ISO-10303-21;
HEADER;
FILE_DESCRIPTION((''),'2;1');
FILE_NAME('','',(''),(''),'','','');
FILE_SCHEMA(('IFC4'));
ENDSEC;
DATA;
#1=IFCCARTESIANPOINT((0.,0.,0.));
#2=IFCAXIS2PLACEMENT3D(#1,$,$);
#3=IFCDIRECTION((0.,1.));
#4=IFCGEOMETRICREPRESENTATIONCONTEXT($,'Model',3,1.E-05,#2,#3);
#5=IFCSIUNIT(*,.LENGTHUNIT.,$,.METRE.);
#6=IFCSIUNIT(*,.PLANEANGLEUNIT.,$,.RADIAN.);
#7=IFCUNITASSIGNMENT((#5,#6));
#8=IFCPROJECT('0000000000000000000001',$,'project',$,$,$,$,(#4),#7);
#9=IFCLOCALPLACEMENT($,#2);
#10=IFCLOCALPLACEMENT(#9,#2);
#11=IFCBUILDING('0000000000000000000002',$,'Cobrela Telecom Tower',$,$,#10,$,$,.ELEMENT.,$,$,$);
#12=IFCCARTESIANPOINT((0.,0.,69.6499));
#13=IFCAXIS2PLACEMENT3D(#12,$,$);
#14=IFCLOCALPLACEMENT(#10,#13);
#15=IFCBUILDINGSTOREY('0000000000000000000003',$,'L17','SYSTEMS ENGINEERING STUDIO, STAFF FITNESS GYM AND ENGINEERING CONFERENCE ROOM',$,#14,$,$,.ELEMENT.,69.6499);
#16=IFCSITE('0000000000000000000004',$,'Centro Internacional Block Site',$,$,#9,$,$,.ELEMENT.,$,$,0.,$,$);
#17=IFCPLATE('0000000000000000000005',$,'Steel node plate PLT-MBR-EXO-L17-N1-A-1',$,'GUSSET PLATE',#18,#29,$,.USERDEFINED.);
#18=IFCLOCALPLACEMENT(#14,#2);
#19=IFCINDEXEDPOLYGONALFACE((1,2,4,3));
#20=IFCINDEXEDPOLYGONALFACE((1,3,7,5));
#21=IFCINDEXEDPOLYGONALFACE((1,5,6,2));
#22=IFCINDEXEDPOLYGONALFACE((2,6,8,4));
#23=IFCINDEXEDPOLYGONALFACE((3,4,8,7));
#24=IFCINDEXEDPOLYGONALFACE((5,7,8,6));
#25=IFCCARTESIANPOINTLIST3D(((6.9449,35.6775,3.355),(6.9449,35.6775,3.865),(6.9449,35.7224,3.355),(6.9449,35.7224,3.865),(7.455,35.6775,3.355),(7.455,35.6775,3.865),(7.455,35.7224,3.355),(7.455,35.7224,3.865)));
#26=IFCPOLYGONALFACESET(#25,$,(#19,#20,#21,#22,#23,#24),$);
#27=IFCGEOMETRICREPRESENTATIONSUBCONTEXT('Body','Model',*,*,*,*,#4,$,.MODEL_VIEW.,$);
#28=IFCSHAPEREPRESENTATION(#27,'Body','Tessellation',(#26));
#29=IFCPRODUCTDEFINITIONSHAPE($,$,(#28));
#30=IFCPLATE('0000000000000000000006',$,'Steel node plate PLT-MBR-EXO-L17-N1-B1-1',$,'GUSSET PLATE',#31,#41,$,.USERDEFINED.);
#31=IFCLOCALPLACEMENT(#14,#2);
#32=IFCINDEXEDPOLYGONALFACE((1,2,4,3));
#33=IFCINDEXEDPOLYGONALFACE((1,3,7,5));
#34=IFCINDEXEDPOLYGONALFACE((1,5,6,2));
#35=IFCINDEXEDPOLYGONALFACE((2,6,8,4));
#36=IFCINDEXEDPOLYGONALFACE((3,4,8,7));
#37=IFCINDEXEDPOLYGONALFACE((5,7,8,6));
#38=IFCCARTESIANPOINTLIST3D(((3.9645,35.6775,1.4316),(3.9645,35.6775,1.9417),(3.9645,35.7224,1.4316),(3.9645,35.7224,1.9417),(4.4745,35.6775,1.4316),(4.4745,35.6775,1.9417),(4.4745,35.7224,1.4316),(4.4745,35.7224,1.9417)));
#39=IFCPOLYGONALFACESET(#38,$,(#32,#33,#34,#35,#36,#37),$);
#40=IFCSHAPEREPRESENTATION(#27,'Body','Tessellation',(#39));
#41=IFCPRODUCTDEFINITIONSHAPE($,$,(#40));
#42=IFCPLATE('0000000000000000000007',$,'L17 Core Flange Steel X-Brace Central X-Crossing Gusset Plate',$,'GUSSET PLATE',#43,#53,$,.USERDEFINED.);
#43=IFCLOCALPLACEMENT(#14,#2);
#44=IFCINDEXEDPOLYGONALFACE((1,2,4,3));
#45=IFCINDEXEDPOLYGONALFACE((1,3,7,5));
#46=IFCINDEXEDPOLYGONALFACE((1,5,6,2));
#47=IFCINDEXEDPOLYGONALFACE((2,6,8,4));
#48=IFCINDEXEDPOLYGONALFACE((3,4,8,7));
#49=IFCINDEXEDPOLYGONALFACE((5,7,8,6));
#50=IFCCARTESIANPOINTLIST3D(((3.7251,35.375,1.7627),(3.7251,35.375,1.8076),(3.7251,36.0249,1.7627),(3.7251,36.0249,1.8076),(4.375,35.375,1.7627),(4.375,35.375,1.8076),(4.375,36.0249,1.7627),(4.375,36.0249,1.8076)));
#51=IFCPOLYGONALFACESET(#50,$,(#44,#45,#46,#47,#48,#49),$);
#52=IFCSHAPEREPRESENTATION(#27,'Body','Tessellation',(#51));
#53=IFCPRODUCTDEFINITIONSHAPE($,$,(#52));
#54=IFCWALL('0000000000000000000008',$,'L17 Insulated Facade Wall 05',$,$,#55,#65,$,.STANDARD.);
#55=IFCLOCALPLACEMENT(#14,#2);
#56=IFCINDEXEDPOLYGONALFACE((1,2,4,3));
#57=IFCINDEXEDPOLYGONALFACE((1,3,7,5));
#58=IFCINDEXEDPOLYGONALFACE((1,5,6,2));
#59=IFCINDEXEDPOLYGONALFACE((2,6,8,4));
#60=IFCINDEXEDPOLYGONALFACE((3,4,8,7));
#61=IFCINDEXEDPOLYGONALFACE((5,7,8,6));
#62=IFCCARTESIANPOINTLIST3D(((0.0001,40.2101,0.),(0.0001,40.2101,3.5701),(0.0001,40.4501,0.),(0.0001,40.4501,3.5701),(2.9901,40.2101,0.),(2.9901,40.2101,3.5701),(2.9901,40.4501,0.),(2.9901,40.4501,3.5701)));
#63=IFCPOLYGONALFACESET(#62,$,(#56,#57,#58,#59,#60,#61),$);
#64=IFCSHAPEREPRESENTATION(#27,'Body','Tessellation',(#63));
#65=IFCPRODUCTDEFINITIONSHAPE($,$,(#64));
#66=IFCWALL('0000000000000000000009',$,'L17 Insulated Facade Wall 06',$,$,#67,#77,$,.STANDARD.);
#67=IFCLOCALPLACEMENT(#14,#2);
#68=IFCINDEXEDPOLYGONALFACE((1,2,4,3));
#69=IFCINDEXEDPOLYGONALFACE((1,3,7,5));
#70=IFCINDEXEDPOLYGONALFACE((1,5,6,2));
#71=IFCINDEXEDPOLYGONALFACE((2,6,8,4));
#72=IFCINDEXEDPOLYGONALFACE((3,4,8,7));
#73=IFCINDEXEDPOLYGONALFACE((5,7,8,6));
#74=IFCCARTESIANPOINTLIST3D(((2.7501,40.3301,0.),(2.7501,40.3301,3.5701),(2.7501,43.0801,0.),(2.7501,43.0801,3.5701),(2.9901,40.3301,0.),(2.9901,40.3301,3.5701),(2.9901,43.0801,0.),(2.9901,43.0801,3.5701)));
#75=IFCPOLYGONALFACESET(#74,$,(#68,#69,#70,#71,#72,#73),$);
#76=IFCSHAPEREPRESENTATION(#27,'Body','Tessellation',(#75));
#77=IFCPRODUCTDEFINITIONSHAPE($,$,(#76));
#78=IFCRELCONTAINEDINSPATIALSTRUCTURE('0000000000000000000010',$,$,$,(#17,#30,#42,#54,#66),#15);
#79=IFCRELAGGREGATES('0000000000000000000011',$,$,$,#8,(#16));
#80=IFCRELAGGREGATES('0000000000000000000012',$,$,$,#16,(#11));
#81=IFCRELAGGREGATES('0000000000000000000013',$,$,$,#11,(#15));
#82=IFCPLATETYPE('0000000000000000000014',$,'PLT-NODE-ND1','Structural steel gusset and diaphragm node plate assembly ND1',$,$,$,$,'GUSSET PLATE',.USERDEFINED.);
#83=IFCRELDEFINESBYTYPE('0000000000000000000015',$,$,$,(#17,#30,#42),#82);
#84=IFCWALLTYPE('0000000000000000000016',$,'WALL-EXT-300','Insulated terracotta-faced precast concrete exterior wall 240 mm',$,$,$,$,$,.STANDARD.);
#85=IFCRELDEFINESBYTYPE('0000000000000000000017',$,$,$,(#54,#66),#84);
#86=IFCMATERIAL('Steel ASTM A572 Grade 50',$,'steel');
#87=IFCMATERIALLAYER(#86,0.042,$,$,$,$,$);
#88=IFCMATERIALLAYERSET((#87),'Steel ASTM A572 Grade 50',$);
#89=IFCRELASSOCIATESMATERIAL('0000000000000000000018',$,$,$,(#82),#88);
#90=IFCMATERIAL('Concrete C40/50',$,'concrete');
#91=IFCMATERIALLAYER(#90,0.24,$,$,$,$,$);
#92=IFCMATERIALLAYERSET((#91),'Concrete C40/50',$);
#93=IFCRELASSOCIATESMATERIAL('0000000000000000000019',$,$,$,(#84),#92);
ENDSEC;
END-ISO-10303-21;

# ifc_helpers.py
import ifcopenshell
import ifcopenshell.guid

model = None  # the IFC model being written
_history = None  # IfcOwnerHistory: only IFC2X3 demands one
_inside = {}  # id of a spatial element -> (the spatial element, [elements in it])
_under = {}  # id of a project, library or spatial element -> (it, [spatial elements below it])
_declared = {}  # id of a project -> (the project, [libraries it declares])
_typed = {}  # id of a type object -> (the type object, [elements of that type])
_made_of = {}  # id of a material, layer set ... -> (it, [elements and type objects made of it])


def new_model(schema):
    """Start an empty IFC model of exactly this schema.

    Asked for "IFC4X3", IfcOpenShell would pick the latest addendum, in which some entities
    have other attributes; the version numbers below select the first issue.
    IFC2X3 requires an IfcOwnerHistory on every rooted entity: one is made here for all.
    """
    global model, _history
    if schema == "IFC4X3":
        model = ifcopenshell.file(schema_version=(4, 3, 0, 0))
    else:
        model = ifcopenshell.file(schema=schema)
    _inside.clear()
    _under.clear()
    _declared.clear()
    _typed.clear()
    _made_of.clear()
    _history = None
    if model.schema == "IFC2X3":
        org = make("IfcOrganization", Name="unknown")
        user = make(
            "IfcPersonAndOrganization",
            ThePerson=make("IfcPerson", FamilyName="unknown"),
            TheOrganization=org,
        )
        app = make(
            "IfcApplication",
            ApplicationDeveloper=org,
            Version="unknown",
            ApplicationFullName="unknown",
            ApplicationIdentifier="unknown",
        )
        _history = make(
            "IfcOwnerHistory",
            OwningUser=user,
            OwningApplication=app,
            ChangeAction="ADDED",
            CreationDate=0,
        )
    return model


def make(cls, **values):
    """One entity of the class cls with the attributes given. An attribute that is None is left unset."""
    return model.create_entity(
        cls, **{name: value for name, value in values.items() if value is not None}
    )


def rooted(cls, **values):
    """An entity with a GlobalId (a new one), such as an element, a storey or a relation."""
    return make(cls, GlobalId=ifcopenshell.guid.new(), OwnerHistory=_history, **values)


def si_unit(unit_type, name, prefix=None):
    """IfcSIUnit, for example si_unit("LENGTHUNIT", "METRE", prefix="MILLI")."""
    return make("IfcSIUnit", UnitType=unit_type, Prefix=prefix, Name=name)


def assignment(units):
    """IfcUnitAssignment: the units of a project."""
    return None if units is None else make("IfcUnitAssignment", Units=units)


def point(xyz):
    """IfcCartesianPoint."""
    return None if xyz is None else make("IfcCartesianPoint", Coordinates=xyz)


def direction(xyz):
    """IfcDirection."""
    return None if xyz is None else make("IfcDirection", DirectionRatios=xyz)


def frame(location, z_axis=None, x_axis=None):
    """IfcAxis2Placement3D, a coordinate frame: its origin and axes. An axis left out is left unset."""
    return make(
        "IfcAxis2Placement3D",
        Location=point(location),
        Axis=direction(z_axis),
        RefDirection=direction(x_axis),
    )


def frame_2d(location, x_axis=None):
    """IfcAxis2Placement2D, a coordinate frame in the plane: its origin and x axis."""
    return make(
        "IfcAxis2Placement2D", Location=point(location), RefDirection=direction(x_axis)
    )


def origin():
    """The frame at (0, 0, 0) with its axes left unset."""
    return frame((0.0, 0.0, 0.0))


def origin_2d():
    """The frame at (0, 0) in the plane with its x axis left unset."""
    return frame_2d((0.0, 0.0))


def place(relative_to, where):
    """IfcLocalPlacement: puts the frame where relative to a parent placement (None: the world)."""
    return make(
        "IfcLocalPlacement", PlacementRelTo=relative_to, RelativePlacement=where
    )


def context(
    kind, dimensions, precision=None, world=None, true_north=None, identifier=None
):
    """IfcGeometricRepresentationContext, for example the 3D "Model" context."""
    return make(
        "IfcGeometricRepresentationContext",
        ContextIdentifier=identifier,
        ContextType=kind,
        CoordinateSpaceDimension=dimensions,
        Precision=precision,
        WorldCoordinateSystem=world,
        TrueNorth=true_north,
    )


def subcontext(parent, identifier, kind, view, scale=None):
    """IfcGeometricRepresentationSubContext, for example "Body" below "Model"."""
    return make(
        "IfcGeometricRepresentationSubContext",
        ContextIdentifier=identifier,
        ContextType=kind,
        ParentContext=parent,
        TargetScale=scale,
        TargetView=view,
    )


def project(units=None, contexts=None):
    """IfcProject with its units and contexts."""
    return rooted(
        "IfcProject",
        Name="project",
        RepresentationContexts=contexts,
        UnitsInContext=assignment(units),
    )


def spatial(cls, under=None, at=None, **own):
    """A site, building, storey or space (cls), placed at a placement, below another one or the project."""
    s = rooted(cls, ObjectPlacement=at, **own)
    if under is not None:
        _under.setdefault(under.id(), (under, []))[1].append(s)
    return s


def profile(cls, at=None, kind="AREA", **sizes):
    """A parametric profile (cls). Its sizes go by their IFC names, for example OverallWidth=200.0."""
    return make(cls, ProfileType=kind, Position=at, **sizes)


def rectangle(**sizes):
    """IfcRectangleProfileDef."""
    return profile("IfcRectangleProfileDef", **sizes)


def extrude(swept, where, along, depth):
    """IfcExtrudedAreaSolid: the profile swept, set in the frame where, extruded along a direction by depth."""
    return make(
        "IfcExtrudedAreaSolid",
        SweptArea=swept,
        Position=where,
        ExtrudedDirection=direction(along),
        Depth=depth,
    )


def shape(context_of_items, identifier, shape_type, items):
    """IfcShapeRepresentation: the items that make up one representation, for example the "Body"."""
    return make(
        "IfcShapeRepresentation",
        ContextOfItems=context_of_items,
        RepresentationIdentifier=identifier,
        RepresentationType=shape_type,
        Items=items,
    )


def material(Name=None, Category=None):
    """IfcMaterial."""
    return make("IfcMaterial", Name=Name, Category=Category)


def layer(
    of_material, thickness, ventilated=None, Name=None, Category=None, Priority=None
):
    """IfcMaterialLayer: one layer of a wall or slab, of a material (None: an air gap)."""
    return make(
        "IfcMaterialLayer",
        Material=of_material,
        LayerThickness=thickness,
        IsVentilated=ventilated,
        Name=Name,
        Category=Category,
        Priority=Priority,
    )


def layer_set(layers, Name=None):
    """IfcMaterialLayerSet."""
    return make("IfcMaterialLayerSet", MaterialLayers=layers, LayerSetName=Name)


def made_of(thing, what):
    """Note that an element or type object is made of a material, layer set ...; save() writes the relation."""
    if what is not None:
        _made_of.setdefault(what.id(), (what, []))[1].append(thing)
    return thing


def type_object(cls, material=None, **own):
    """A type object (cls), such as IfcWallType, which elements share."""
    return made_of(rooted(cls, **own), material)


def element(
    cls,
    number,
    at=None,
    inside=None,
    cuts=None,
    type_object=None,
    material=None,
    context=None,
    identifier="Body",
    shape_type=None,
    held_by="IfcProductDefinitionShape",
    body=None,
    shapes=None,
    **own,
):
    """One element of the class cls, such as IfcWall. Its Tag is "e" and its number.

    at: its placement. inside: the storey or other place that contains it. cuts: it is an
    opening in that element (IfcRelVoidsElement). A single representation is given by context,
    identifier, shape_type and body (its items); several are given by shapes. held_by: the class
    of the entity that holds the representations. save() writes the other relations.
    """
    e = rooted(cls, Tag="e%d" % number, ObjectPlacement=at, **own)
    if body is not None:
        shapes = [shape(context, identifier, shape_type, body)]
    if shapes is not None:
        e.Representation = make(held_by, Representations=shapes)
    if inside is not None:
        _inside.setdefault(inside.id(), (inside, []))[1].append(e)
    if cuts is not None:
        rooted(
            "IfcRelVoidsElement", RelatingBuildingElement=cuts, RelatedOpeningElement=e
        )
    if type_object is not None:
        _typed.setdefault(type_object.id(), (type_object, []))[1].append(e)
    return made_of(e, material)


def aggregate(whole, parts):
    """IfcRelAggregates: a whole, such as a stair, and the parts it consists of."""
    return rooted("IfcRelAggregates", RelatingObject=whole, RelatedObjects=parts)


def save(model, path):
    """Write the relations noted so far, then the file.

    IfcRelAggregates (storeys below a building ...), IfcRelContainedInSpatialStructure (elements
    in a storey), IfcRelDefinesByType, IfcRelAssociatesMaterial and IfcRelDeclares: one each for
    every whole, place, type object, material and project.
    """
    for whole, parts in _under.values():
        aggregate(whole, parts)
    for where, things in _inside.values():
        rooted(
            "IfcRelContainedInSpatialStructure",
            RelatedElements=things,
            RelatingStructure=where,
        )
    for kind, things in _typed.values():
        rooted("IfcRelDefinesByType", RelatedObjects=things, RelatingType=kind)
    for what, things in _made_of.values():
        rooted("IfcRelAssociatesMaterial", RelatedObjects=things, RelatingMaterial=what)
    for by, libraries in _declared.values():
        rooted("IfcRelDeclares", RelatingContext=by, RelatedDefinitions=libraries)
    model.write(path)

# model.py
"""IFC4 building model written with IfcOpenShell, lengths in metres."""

from ifc_helpers import new_model, si_unit, direction, frame, frame_2d, origin, origin_2d, place, context, subcontext, project, spatial, rectangle, extrude, material, layer, layer_set, type_object, element, save


model = new_model("IFC4")

# Units and contexts
model_context = context("Model", 3, precision=1e-05, world=origin(), true_north=direction((0.0, 1.0)))
body_context = subcontext(model_context, "Body", "Model", "MODEL_VIEW")
ifc_project = project(units=[si_unit("LENGTHUNIT", "METRE"), si_unit("PLANEANGLEUNIT", "RADIAN")], contexts=[model_context])

# Site, building, storey
site_placement = place(None, origin())
site = spatial("IfcSite", under=ifc_project, at=site_placement, Name="Centro Internacional Block Site", CompositionType="ELEMENT", RefElevation=0.0)
building_placement = place(site_placement, origin())
building = spatial("IfcBuilding", under=site, at=building_placement, Name="Cobrela Telecom Tower", CompositionType="ELEMENT")
storey_placement = place(building_placement, frame((0.0, 0.0, 69.6499)))
storey = spatial("IfcBuildingStorey", under=building, at=storey_placement, Name="L17", Description="SYSTEMS ENGINEERING STUDIO, STAFF FITNESS GYM AND ENGINEERING CONFERENCE ROOM", CompositionType="ELEMENT", Elevation=69.6499)

# Shared definitions
ifc_material_1 = material(Name="Steel ASTM A572 Grade 50", Category="steel")

# Plates
ifc_layer_1 = layer(ifc_material_1, 0.042)
ifc_layer_set_1 = layer_set([ifc_layer_1], Name="Steel ASTM A572 Grade 50")
plate_type_1 = type_object("IfcPlateType", Name="PLT-NODE-ND1", Description="Structural steel gusset and diaphragm node plate assembly ND1", ElementType="GUSSET PLATE", PredefinedType="USERDEFINED", material=ifc_layer_set_1)
for number, where, z_axis, x_axis, name in (
    (1, (7.2, 35.7, 3.355), (0.0, 0.0, 1.0), (1.0, 0.0, 0.0), "Steel node plate PLT-MBR-EXO-L17-N1-A-1"),
    (2, (4.2195, 35.7, 1.4316), (0.0, 0.0, 1.0), (-1.0, 0.0, 0.0), "Steel node plate PLT-MBR-EXO-L17-N1-B1-1"),
):
    element("IfcPlate", number, at=place(storey_placement, frame(where, z_axis=z_axis, x_axis=x_axis)), inside=storey, type_object=plate_type_1, Name=name, ObjectType="GUSSET PLATE", PredefinedType="USERDEFINED", context=body_context, shape_type="SweptSolid", body=[
        extrude(rectangle(XDim=0.51, YDim=0.0449, at=origin_2d()), origin(), (0.0, 0.0, 1.0), 0.51),
    ])
plate_1_placement = place(storey_placement, frame((4.05, 35.7, 1.7627), z_axis=(0.0, 0.0, 1.0), x_axis=(1.0, 0.0, 0.0)))
element("IfcPlate", 3, at=plate_1_placement, inside=storey, type_object=plate_type_1, Name="L17 Core Flange Steel X-Brace Central X-Crossing Gusset Plate", ObjectType="GUSSET PLATE", PredefinedType="USERDEFINED", context=body_context, shape_type="SweptSolid", body=[
    extrude(rectangle(XDim=0.6499, YDim=0.6499, at=origin_2d()), origin(), (0.0, 0.0, 1.0), 0.0449),
])

# Walls
ifc_material_2 = material(Name="Concrete C40/50", Category="concrete")
ifc_layer_2 = layer(ifc_material_2, 0.24)
ifc_layer_set_2 = layer_set([ifc_layer_2], Name="Concrete C40/50")
wall_type = type_object("IfcWallType", Name="WALL-EXT-300", Description="Insulated terracotta-faced precast concrete exterior wall 240 mm", PredefinedType="STANDARD", material=ifc_layer_set_2)
wall_1_placement = place(storey_placement, frame((0.0, 40.3301, 0.0), z_axis=(0.0, 0.0, 1.0), x_axis=(1.0, 0.0, 0.0)))
element("IfcWall", 4, at=wall_1_placement, inside=storey, type_object=wall_type, Name="L17 Insulated Facade Wall 05", PredefinedType="STANDARD", context=body_context, shape_type="SweptSolid", body=[
    extrude(rectangle(XDim=2.99, YDim=0.24, at=frame_2d((1.4951, 0.0))), origin(), (0.0, 0.0, 1.0), 3.5701),
])
wall_2_placement = place(storey_placement, frame((2.8701, 40.3301, 0.0), z_axis=(0.0, 0.0, 1.0), x_axis=(0.0, 1.0, 0.0)))
element("IfcWall", 5, at=wall_2_placement, inside=storey, type_object=wall_type, Name="L17 Insulated Facade Wall 06", PredefinedType="STANDARD", context=body_context, shape_type="SweptSolid", body=[
    extrude(rectangle(XDim=2.75, YDim=0.24, at=frame_2d((1.375, 0.0))), origin(), (0.0, 0.0, 1.0), 3.5701),
])

save(model, "model.ifc")
